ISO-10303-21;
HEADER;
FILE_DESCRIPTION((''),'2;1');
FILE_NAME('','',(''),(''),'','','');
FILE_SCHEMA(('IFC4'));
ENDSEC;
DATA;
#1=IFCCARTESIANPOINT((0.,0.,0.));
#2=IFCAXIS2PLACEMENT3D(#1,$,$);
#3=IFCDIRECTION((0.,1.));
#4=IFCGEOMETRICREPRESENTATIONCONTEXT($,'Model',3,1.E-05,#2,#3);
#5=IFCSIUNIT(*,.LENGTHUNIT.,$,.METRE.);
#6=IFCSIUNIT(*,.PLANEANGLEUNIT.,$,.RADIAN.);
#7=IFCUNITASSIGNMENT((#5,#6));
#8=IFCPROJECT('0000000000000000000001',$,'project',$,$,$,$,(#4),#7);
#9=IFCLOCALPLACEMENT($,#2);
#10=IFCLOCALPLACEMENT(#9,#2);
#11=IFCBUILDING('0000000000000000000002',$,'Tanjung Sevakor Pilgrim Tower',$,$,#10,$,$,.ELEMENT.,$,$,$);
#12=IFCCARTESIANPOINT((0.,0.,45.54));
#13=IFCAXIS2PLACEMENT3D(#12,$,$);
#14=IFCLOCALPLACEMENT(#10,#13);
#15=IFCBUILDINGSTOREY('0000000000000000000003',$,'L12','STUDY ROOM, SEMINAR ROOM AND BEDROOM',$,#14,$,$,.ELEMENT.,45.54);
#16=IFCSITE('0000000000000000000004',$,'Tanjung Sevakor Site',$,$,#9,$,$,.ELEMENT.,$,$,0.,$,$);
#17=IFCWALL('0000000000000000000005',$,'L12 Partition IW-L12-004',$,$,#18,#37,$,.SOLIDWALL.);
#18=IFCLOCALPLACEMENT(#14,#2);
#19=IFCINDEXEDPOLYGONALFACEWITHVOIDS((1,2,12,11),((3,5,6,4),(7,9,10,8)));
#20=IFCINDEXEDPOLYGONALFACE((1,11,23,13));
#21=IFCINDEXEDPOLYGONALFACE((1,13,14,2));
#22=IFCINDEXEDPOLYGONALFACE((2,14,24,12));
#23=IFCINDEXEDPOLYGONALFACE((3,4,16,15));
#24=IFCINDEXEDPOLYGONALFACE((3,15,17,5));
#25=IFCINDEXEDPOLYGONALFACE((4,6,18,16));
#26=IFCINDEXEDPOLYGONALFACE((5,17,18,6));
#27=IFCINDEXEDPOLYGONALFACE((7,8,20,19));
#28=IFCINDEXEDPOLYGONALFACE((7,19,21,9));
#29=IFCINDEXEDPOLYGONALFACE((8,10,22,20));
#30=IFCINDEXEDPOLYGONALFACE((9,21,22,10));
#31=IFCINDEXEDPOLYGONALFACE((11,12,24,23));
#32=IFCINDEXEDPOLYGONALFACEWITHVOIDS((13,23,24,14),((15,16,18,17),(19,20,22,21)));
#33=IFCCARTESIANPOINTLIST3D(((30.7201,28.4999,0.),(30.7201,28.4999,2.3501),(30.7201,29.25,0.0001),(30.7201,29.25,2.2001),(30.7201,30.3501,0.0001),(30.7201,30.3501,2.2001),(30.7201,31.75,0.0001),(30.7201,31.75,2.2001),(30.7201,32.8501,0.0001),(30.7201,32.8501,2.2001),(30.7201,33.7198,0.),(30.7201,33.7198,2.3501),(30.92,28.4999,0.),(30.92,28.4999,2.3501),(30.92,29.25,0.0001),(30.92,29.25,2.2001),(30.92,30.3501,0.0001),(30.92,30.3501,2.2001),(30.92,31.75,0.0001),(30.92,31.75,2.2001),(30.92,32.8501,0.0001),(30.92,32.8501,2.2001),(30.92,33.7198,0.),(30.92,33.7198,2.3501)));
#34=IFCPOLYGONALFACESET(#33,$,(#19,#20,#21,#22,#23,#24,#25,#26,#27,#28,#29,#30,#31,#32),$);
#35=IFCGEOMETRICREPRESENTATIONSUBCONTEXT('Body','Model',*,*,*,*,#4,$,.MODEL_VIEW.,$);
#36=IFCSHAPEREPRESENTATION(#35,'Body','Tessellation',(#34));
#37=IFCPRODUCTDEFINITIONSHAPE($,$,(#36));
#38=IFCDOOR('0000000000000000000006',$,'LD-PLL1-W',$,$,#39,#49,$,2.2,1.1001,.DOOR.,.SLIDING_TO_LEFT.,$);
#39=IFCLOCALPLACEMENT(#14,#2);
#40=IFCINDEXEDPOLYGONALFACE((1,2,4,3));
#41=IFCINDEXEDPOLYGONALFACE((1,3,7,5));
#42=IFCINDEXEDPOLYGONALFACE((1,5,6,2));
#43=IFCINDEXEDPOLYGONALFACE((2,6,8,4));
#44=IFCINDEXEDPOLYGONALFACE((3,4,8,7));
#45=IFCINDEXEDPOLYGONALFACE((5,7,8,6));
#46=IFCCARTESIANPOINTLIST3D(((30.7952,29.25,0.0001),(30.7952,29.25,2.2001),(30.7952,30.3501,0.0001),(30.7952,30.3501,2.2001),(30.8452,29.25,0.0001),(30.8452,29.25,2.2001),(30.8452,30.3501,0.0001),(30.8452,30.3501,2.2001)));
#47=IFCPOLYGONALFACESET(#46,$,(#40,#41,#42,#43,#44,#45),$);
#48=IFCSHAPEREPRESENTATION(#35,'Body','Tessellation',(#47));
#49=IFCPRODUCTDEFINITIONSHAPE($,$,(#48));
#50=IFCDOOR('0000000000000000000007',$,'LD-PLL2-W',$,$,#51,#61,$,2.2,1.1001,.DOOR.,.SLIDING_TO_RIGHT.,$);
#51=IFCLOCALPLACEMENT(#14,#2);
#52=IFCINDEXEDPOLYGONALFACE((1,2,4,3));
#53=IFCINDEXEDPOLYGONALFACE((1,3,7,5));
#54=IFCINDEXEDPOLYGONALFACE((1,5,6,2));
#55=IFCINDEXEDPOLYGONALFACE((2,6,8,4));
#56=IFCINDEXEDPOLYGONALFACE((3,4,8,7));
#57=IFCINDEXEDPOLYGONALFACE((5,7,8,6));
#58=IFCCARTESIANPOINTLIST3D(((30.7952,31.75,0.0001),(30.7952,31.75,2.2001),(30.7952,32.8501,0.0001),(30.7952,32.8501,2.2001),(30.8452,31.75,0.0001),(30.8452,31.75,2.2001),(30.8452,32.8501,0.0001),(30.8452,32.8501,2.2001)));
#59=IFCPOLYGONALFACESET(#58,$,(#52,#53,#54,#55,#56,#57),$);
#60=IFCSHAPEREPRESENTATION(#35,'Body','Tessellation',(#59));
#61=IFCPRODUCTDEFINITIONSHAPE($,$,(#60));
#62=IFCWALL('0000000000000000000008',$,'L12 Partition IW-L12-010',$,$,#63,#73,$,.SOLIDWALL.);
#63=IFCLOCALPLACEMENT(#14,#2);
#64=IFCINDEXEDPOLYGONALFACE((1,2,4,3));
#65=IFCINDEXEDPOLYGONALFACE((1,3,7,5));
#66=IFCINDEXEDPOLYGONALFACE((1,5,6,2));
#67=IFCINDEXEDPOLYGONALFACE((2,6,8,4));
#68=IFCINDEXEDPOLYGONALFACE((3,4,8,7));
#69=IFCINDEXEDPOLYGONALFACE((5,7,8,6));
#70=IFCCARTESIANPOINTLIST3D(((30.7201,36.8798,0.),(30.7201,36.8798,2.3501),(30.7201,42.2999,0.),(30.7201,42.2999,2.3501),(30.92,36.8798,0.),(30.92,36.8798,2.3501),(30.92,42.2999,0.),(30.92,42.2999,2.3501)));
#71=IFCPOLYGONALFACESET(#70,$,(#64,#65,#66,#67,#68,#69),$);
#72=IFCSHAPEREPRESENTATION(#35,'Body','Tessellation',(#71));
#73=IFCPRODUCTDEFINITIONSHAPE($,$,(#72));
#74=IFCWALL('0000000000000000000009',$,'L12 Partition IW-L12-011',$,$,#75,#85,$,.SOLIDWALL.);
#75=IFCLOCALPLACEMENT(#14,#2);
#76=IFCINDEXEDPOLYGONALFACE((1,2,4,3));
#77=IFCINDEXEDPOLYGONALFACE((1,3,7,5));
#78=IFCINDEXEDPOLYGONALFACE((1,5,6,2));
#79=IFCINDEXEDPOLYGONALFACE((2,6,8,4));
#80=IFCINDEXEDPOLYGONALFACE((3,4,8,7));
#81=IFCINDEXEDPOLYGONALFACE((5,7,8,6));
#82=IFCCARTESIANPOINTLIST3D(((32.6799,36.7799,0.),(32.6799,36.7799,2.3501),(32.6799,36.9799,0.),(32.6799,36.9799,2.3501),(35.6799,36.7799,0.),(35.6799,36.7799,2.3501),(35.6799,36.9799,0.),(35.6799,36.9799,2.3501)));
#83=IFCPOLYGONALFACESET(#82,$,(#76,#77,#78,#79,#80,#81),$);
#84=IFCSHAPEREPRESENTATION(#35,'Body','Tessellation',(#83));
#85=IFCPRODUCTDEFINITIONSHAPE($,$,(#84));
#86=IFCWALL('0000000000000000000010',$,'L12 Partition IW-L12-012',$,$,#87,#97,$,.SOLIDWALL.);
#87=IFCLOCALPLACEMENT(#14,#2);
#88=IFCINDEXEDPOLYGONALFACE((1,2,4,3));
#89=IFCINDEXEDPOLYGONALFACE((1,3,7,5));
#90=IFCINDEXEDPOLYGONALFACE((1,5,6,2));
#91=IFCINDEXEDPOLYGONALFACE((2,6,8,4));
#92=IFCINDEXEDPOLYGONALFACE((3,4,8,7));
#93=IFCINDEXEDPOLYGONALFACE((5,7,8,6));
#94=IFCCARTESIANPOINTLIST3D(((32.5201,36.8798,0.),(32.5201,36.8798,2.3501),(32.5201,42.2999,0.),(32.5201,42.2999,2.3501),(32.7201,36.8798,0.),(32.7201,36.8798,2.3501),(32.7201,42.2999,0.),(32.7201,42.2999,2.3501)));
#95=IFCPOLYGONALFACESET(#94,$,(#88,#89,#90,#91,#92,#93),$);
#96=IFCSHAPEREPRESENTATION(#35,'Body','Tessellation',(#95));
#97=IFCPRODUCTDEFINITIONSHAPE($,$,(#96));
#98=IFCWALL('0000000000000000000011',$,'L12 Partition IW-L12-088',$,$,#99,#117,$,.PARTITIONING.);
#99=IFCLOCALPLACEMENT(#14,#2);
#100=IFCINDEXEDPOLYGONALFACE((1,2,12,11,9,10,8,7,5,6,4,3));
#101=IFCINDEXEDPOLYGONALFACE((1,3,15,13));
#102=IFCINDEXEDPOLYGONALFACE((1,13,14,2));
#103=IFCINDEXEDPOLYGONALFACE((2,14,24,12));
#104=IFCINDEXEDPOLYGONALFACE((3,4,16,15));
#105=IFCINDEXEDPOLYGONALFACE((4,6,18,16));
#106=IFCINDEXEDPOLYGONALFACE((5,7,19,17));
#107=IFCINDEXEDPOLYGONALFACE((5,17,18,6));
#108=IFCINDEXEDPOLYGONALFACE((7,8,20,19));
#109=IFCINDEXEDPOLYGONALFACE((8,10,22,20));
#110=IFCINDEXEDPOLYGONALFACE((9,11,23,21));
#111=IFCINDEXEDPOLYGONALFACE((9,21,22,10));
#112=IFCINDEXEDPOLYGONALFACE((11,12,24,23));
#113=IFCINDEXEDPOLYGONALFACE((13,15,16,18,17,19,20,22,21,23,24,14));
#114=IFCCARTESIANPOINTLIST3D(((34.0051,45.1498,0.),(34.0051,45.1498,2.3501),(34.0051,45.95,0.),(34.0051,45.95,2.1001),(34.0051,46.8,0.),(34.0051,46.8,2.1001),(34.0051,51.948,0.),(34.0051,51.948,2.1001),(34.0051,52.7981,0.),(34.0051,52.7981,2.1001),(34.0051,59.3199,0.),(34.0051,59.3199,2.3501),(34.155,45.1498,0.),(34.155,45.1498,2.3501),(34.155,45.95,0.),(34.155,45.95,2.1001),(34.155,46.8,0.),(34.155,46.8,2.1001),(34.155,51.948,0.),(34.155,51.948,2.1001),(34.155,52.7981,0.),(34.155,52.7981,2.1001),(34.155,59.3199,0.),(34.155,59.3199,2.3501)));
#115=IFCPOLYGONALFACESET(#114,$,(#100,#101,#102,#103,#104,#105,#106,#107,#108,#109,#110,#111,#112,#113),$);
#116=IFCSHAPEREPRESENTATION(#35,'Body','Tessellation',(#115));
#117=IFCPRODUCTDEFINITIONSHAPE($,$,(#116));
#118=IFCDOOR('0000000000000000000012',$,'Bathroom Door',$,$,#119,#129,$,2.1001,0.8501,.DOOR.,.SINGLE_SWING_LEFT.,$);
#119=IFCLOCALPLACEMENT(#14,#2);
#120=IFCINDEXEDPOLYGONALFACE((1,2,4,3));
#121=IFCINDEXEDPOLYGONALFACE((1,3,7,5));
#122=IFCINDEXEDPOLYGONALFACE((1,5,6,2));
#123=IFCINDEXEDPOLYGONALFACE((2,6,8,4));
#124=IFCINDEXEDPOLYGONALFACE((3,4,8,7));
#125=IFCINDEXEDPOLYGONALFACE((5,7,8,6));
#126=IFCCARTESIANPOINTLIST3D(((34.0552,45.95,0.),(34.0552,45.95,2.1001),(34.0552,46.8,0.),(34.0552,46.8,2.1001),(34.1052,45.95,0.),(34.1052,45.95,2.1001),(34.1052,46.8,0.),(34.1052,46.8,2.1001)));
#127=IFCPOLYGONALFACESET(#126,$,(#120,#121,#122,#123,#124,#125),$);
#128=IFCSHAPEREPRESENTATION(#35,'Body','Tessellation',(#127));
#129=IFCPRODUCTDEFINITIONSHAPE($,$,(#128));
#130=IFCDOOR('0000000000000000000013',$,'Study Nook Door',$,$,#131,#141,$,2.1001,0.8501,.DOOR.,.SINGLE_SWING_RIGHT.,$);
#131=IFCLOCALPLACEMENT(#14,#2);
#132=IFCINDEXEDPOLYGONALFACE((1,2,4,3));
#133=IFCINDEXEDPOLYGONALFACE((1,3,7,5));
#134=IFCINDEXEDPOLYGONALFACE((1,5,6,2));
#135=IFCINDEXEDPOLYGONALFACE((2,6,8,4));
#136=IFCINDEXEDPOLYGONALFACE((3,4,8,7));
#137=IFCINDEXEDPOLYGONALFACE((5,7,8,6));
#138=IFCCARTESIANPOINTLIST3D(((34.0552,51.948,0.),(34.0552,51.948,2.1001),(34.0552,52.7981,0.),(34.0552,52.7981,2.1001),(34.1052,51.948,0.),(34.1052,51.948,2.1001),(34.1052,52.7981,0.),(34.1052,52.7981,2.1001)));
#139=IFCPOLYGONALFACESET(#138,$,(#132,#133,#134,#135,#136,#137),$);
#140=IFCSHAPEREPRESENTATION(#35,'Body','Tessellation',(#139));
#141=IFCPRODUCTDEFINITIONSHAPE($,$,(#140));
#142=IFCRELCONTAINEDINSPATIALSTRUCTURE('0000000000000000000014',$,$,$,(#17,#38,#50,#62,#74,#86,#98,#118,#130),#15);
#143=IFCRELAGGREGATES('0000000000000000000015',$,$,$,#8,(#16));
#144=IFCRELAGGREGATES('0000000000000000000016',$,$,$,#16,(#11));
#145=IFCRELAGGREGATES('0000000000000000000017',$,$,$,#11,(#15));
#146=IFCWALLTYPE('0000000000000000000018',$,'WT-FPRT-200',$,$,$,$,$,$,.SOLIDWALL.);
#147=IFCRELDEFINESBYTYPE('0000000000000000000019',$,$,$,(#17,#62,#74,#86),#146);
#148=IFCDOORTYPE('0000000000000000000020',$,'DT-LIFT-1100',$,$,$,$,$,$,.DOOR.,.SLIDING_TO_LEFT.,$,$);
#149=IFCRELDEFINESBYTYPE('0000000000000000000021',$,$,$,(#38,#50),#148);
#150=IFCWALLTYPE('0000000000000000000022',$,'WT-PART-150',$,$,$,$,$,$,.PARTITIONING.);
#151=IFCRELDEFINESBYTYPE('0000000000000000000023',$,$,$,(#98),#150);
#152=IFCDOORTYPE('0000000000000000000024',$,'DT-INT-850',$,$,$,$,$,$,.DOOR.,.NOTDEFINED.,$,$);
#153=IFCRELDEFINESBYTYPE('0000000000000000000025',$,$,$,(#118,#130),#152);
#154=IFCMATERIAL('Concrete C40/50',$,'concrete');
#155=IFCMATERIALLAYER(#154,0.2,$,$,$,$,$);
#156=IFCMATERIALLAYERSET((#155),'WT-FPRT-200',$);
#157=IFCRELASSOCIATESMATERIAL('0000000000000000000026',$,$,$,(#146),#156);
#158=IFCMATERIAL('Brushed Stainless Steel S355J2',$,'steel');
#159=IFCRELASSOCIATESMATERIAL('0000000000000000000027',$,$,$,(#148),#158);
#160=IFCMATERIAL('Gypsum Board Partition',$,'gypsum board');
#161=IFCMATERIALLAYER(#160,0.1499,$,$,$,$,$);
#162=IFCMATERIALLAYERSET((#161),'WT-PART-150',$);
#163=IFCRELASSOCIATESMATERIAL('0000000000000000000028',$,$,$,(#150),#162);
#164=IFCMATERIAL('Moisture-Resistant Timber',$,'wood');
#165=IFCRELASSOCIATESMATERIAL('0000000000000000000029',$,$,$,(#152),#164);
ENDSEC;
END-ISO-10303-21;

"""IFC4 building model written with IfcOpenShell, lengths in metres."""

from ifc_helpers import new_model, si_unit, direction, frame, frame_2d, origin, place, context, subcontext, project, spatial, rectangle, extrude, material, layer, layer_set, type_object, element, fill, save


model = new_model("IFC4")

# Units and contexts
model_context = context("Model", 3, precision=1e-05, world=origin(), true_north=direction((0.0, 1.0)))
body_context = subcontext(model_context, "Body", "Model", "MODEL_VIEW")
ifc_project = project(units=[si_unit("LENGTHUNIT", "METRE"), si_unit("PLANEANGLEUNIT", "RADIAN")], contexts=[model_context])

# Site, building, storey
site_placement = place(None, origin())
site = spatial("IfcSite", under=ifc_project, at=site_placement, Name="Tanjung Sevakor Site", CompositionType="ELEMENT", RefElevation=0.0)
building_placement = place(site_placement, origin())
building = spatial("IfcBuilding", under=site, at=building_placement, Name="Tanjung Sevakor Pilgrim Tower", CompositionType="ELEMENT")
storey_placement = place(building_placement, frame((0.0, 0.0, 45.54)))
storey = spatial("IfcBuildingStorey", under=building, at=storey_placement, Name="L12", Description="STUDY ROOM, SEMINAR ROOM AND BEDROOM", CompositionType="ELEMENT", Elevation=45.54)

# Wall, openings, doors
ifc_material_1 = material(Name="Concrete C40/50", Category="concrete")
ifc_layer_1 = layer(ifc_material_1, 0.2)
ifc_layer_set_1 = layer_set([ifc_layer_1], Name="WT-FPRT-200")
wall_type_1 = type_object("IfcWallType", Name="WT-FPRT-200", PredefinedType="SOLIDWALL", material=ifc_layer_set_1)
wall_1_placement = place(storey_placement, frame((30.8201, 28.5, 0.0), z_axis=(0.0, 0.0, 1.0), x_axis=(0.0, 1.0, 0.0)))
wall_1 = element("IfcWall", 1, at=wall_1_placement, inside=storey, type_object=wall_type_1, Name="L12 Partition IW-L12-004", PredefinedType="SOLIDWALL", context=body_context, shape_type="SweptSolid", body=[
    extrude(rectangle(XDim=5.22, YDim=0.2, at=frame_2d((2.6099, 0.0))), origin(), (0.0, 0.0, 1.0), 2.3501),
])
opening_1_placement = place(wall_1_placement, frame((0.75, 0.0, 0.0)))
opening_1 = element("IfcOpeningElement", 2, at=opening_1_placement, cuts=wall_1, PredefinedType="OPENING", context=body_context, shape_type="SweptSolid", body=[
    extrude(rectangle(XDim=1.1001, YDim=2.2, at=frame_2d((0.55, 1.1001))), frame((0.0, 0.1099, 0.0), z_axis=(0.0, -1.0, 0.0), x_axis=(1.0, 0.0, 0.0)), (0.0, 0.0, 1.0), 0.22),
])
opening_2_placement = place(wall_1_placement, frame((3.25, 0.0, 0.0)))
opening_2 = element("IfcOpeningElement", 3, at=opening_2_placement, cuts=wall_1, PredefinedType="OPENING", context=body_context, shape_type="SweptSolid", body=[
    extrude(rectangle(XDim=1.1001, YDim=2.2, at=frame_2d((0.55, 1.1001))), frame((0.0, 0.1099, 0.0), z_axis=(0.0, -1.0, 0.0), x_axis=(1.0, 0.0, 0.0)), (0.0, 0.0, 1.0), 0.22),
])
ifc_material_2 = material(Name="Brushed Stainless Steel S355J2", Category="steel")
door_type_1 = type_object("IfcDoorType", Name="DT-LIFT-1100", OperationType="SLIDING_TO_LEFT", PredefinedType="DOOR", material=ifc_material_2)
door_1_placement = place(opening_1_placement, origin())
door_1 = element("IfcDoor", 4, at=door_1_placement, inside=storey, type_object=door_type_1, Name="LD-PLL1-W", OperationType="SLIDING_TO_LEFT", OverallHeight=2.2, OverallWidth=1.1001, PredefinedType="DOOR", context=body_context, shape_type="SweptSolid", body=[
    extrude(rectangle(XDim=1.1001, YDim=2.2, at=frame_2d((0.55, 1.1001))), frame((0.0, 0.0249, 0.0), z_axis=(0.0, -1.0, 0.0), x_axis=(1.0, 0.0, 0.0)), (0.0, 0.0, 1.0), 0.05),
])
fill(opening_1, door_1)
door_2_placement = place(opening_2_placement, origin())
door_2 = element("IfcDoor", 5, at=door_2_placement, inside=storey, type_object=door_type_1, Name="LD-PLL2-W", OperationType="SLIDING_TO_RIGHT", OverallHeight=2.2, OverallWidth=1.1001, PredefinedType="DOOR", context=body_context, shape_type="SweptSolid", body=[
    extrude(rectangle(XDim=1.1001, YDim=2.2, at=frame_2d((0.55, 1.1001))), frame((0.0, 0.0249, 0.0), z_axis=(0.0, -1.0, 0.0), x_axis=(1.0, 0.0, 0.0)), (0.0, 0.0, 1.0), 0.05),
])
fill(opening_2, door_2)

# Walls
wall_2_placement = place(storey_placement, frame((30.8201, 36.8799, 0.0), z_axis=(0.0, 0.0, 1.0), x_axis=(0.0, 1.0, 0.0)))
element("IfcWall", 6, at=wall_2_placement, inside=storey, type_object=wall_type_1, Name="L12 Partition IW-L12-010", PredefinedType="SOLIDWALL", context=body_context, shape_type="SweptSolid", body=[
    extrude(rectangle(XDim=5.4202, YDim=0.2, at=frame_2d((2.71, 0.0))), origin(), (0.0, 0.0, 1.0), 2.3501),
])
wall_3_placement = place(storey_placement, frame((32.6799, 36.8799, 0.0), z_axis=(0.0, 0.0, 1.0), x_axis=(1.0, 0.0, 0.0)))
element("IfcWall", 7, at=wall_3_placement, inside=storey, type_object=wall_type_1, Name="L12 Partition IW-L12-011", PredefinedType="SOLIDWALL", context=body_context, shape_type="SweptSolid", body=[
    extrude(rectangle(XDim=3.0, YDim=0.2, at=frame_2d((1.5, 0.0))), origin(), (0.0, 0.0, 1.0), 2.3501),
])
wall_4_placement = place(storey_placement, frame((32.6201, 36.8799, 0.0), z_axis=(0.0, 0.0, 1.0), x_axis=(0.0, 1.0, 0.0)))
element("IfcWall", 8, at=wall_4_placement, inside=storey, type_object=wall_type_1, Name="L12 Partition IW-L12-012", PredefinedType="SOLIDWALL", context=body_context, shape_type="SweptSolid", body=[
    extrude(rectangle(XDim=5.4202, YDim=0.2, at=frame_2d((2.71, 0.0))), origin(), (0.0, 0.0, 1.0), 2.3501),
])

# Wall, openings, doors
ifc_material_3 = material(Name="Gypsum Board Partition", Category="gypsum board")
ifc_layer_2 = layer(ifc_material_3, 0.1499)
ifc_layer_set_2 = layer_set([ifc_layer_2], Name="WT-PART-150")
wall_type_2 = type_object("IfcWallType", Name="WT-PART-150", PredefinedType="PARTITIONING", material=ifc_layer_set_2)
wall_5_placement = place(storey_placement, frame((34.0801, 45.1499, 0.0), z_axis=(0.0, 0.0, 1.0), x_axis=(0.0, 1.0, 0.0)))
wall_5 = element("IfcWall", 9, at=wall_5_placement, inside=storey, type_object=wall_type_2, Name="L12 Partition IW-L12-088", PredefinedType="PARTITIONING", context=body_context, shape_type="SweptSolid", body=[
    extrude(rectangle(XDim=14.1702, YDim=0.1499, at=frame_2d((7.085, 0.0))), origin(), (0.0, 0.0, 1.0), 2.3501),
])
opening_3_placement = place(wall_5_placement, frame((0.8, 0.0, 0.0)))
opening_3 = element("IfcOpeningElement", 10, at=opening_3_placement, cuts=wall_5, PredefinedType="OPENING", context=body_context, shape_type="SweptSolid", body=[
    extrude(rectangle(XDim=0.8501, YDim=2.1001, at=frame_2d((0.425, 1.05))), frame((0.0, 0.085, 0.0), z_axis=(0.0, -1.0, 0.0), x_axis=(1.0, 0.0, 0.0)), (0.0, 0.0, 1.0), 0.1699),
])
opening_4_placement = place(wall_5_placement, frame((6.7981, 0.0, 0.0)))
opening_4 = element("IfcOpeningElement", 11, at=opening_4_placement, cuts=wall_5, PredefinedType="OPENING", context=body_context, shape_type="SweptSolid", body=[
    extrude(rectangle(XDim=0.8501, YDim=2.1001, at=frame_2d((0.425, 1.05))), frame((0.0, 0.085, 0.0), z_axis=(0.0, -1.0, 0.0), x_axis=(1.0, 0.0, 0.0)), (0.0, 0.0, 1.0), 0.1699),
])
ifc_material_4 = material(Name="Moisture-Resistant Timber", Category="wood")
door_type_2 = type_object("IfcDoorType", Name="DT-INT-850", OperationType="NOTDEFINED", PredefinedType="DOOR", material=ifc_material_4)
door_3_placement = place(opening_3_placement, origin())
door_3 = element("IfcDoor", 12, at=door_3_placement, inside=storey, type_object=door_type_2, Name="Bathroom Door", OperationType="SINGLE_SWING_LEFT", OverallHeight=2.1001, OverallWidth=0.8501, PredefinedType="DOOR", context=body_context, shape_type="SweptSolid", body=[
    extrude(rectangle(XDim=0.8501, YDim=2.1001, at=frame_2d((0.425, 1.05))), frame((0.0, 0.0249, 0.0), z_axis=(0.0, -1.0, 0.0), x_axis=(1.0, 0.0, 0.0)), (0.0, 0.0, 1.0), 0.05),
])
fill(opening_3, door_3)
door_4_placement = place(opening_4_placement, origin())
door_4 = element("IfcDoor", 13, at=door_4_placement, inside=storey, type_object=door_type_2, Name="Study Nook Door", OperationType="SINGLE_SWING_RIGHT", OverallHeight=2.1001, OverallWidth=0.8501, PredefinedType="DOOR", context=body_context, shape_type="SweptSolid", body=[
    extrude(rectangle(XDim=0.8501, YDim=2.1001, at=frame_2d((0.425, 1.05))), frame((0.0, 0.0249, 0.0), z_axis=(0.0, -1.0, 0.0), x_axis=(1.0, 0.0, 0.0)), (0.0, 0.0, 1.0), 0.05),
])
fill(opening_4, door_4)

save(model, "model.ifc")
